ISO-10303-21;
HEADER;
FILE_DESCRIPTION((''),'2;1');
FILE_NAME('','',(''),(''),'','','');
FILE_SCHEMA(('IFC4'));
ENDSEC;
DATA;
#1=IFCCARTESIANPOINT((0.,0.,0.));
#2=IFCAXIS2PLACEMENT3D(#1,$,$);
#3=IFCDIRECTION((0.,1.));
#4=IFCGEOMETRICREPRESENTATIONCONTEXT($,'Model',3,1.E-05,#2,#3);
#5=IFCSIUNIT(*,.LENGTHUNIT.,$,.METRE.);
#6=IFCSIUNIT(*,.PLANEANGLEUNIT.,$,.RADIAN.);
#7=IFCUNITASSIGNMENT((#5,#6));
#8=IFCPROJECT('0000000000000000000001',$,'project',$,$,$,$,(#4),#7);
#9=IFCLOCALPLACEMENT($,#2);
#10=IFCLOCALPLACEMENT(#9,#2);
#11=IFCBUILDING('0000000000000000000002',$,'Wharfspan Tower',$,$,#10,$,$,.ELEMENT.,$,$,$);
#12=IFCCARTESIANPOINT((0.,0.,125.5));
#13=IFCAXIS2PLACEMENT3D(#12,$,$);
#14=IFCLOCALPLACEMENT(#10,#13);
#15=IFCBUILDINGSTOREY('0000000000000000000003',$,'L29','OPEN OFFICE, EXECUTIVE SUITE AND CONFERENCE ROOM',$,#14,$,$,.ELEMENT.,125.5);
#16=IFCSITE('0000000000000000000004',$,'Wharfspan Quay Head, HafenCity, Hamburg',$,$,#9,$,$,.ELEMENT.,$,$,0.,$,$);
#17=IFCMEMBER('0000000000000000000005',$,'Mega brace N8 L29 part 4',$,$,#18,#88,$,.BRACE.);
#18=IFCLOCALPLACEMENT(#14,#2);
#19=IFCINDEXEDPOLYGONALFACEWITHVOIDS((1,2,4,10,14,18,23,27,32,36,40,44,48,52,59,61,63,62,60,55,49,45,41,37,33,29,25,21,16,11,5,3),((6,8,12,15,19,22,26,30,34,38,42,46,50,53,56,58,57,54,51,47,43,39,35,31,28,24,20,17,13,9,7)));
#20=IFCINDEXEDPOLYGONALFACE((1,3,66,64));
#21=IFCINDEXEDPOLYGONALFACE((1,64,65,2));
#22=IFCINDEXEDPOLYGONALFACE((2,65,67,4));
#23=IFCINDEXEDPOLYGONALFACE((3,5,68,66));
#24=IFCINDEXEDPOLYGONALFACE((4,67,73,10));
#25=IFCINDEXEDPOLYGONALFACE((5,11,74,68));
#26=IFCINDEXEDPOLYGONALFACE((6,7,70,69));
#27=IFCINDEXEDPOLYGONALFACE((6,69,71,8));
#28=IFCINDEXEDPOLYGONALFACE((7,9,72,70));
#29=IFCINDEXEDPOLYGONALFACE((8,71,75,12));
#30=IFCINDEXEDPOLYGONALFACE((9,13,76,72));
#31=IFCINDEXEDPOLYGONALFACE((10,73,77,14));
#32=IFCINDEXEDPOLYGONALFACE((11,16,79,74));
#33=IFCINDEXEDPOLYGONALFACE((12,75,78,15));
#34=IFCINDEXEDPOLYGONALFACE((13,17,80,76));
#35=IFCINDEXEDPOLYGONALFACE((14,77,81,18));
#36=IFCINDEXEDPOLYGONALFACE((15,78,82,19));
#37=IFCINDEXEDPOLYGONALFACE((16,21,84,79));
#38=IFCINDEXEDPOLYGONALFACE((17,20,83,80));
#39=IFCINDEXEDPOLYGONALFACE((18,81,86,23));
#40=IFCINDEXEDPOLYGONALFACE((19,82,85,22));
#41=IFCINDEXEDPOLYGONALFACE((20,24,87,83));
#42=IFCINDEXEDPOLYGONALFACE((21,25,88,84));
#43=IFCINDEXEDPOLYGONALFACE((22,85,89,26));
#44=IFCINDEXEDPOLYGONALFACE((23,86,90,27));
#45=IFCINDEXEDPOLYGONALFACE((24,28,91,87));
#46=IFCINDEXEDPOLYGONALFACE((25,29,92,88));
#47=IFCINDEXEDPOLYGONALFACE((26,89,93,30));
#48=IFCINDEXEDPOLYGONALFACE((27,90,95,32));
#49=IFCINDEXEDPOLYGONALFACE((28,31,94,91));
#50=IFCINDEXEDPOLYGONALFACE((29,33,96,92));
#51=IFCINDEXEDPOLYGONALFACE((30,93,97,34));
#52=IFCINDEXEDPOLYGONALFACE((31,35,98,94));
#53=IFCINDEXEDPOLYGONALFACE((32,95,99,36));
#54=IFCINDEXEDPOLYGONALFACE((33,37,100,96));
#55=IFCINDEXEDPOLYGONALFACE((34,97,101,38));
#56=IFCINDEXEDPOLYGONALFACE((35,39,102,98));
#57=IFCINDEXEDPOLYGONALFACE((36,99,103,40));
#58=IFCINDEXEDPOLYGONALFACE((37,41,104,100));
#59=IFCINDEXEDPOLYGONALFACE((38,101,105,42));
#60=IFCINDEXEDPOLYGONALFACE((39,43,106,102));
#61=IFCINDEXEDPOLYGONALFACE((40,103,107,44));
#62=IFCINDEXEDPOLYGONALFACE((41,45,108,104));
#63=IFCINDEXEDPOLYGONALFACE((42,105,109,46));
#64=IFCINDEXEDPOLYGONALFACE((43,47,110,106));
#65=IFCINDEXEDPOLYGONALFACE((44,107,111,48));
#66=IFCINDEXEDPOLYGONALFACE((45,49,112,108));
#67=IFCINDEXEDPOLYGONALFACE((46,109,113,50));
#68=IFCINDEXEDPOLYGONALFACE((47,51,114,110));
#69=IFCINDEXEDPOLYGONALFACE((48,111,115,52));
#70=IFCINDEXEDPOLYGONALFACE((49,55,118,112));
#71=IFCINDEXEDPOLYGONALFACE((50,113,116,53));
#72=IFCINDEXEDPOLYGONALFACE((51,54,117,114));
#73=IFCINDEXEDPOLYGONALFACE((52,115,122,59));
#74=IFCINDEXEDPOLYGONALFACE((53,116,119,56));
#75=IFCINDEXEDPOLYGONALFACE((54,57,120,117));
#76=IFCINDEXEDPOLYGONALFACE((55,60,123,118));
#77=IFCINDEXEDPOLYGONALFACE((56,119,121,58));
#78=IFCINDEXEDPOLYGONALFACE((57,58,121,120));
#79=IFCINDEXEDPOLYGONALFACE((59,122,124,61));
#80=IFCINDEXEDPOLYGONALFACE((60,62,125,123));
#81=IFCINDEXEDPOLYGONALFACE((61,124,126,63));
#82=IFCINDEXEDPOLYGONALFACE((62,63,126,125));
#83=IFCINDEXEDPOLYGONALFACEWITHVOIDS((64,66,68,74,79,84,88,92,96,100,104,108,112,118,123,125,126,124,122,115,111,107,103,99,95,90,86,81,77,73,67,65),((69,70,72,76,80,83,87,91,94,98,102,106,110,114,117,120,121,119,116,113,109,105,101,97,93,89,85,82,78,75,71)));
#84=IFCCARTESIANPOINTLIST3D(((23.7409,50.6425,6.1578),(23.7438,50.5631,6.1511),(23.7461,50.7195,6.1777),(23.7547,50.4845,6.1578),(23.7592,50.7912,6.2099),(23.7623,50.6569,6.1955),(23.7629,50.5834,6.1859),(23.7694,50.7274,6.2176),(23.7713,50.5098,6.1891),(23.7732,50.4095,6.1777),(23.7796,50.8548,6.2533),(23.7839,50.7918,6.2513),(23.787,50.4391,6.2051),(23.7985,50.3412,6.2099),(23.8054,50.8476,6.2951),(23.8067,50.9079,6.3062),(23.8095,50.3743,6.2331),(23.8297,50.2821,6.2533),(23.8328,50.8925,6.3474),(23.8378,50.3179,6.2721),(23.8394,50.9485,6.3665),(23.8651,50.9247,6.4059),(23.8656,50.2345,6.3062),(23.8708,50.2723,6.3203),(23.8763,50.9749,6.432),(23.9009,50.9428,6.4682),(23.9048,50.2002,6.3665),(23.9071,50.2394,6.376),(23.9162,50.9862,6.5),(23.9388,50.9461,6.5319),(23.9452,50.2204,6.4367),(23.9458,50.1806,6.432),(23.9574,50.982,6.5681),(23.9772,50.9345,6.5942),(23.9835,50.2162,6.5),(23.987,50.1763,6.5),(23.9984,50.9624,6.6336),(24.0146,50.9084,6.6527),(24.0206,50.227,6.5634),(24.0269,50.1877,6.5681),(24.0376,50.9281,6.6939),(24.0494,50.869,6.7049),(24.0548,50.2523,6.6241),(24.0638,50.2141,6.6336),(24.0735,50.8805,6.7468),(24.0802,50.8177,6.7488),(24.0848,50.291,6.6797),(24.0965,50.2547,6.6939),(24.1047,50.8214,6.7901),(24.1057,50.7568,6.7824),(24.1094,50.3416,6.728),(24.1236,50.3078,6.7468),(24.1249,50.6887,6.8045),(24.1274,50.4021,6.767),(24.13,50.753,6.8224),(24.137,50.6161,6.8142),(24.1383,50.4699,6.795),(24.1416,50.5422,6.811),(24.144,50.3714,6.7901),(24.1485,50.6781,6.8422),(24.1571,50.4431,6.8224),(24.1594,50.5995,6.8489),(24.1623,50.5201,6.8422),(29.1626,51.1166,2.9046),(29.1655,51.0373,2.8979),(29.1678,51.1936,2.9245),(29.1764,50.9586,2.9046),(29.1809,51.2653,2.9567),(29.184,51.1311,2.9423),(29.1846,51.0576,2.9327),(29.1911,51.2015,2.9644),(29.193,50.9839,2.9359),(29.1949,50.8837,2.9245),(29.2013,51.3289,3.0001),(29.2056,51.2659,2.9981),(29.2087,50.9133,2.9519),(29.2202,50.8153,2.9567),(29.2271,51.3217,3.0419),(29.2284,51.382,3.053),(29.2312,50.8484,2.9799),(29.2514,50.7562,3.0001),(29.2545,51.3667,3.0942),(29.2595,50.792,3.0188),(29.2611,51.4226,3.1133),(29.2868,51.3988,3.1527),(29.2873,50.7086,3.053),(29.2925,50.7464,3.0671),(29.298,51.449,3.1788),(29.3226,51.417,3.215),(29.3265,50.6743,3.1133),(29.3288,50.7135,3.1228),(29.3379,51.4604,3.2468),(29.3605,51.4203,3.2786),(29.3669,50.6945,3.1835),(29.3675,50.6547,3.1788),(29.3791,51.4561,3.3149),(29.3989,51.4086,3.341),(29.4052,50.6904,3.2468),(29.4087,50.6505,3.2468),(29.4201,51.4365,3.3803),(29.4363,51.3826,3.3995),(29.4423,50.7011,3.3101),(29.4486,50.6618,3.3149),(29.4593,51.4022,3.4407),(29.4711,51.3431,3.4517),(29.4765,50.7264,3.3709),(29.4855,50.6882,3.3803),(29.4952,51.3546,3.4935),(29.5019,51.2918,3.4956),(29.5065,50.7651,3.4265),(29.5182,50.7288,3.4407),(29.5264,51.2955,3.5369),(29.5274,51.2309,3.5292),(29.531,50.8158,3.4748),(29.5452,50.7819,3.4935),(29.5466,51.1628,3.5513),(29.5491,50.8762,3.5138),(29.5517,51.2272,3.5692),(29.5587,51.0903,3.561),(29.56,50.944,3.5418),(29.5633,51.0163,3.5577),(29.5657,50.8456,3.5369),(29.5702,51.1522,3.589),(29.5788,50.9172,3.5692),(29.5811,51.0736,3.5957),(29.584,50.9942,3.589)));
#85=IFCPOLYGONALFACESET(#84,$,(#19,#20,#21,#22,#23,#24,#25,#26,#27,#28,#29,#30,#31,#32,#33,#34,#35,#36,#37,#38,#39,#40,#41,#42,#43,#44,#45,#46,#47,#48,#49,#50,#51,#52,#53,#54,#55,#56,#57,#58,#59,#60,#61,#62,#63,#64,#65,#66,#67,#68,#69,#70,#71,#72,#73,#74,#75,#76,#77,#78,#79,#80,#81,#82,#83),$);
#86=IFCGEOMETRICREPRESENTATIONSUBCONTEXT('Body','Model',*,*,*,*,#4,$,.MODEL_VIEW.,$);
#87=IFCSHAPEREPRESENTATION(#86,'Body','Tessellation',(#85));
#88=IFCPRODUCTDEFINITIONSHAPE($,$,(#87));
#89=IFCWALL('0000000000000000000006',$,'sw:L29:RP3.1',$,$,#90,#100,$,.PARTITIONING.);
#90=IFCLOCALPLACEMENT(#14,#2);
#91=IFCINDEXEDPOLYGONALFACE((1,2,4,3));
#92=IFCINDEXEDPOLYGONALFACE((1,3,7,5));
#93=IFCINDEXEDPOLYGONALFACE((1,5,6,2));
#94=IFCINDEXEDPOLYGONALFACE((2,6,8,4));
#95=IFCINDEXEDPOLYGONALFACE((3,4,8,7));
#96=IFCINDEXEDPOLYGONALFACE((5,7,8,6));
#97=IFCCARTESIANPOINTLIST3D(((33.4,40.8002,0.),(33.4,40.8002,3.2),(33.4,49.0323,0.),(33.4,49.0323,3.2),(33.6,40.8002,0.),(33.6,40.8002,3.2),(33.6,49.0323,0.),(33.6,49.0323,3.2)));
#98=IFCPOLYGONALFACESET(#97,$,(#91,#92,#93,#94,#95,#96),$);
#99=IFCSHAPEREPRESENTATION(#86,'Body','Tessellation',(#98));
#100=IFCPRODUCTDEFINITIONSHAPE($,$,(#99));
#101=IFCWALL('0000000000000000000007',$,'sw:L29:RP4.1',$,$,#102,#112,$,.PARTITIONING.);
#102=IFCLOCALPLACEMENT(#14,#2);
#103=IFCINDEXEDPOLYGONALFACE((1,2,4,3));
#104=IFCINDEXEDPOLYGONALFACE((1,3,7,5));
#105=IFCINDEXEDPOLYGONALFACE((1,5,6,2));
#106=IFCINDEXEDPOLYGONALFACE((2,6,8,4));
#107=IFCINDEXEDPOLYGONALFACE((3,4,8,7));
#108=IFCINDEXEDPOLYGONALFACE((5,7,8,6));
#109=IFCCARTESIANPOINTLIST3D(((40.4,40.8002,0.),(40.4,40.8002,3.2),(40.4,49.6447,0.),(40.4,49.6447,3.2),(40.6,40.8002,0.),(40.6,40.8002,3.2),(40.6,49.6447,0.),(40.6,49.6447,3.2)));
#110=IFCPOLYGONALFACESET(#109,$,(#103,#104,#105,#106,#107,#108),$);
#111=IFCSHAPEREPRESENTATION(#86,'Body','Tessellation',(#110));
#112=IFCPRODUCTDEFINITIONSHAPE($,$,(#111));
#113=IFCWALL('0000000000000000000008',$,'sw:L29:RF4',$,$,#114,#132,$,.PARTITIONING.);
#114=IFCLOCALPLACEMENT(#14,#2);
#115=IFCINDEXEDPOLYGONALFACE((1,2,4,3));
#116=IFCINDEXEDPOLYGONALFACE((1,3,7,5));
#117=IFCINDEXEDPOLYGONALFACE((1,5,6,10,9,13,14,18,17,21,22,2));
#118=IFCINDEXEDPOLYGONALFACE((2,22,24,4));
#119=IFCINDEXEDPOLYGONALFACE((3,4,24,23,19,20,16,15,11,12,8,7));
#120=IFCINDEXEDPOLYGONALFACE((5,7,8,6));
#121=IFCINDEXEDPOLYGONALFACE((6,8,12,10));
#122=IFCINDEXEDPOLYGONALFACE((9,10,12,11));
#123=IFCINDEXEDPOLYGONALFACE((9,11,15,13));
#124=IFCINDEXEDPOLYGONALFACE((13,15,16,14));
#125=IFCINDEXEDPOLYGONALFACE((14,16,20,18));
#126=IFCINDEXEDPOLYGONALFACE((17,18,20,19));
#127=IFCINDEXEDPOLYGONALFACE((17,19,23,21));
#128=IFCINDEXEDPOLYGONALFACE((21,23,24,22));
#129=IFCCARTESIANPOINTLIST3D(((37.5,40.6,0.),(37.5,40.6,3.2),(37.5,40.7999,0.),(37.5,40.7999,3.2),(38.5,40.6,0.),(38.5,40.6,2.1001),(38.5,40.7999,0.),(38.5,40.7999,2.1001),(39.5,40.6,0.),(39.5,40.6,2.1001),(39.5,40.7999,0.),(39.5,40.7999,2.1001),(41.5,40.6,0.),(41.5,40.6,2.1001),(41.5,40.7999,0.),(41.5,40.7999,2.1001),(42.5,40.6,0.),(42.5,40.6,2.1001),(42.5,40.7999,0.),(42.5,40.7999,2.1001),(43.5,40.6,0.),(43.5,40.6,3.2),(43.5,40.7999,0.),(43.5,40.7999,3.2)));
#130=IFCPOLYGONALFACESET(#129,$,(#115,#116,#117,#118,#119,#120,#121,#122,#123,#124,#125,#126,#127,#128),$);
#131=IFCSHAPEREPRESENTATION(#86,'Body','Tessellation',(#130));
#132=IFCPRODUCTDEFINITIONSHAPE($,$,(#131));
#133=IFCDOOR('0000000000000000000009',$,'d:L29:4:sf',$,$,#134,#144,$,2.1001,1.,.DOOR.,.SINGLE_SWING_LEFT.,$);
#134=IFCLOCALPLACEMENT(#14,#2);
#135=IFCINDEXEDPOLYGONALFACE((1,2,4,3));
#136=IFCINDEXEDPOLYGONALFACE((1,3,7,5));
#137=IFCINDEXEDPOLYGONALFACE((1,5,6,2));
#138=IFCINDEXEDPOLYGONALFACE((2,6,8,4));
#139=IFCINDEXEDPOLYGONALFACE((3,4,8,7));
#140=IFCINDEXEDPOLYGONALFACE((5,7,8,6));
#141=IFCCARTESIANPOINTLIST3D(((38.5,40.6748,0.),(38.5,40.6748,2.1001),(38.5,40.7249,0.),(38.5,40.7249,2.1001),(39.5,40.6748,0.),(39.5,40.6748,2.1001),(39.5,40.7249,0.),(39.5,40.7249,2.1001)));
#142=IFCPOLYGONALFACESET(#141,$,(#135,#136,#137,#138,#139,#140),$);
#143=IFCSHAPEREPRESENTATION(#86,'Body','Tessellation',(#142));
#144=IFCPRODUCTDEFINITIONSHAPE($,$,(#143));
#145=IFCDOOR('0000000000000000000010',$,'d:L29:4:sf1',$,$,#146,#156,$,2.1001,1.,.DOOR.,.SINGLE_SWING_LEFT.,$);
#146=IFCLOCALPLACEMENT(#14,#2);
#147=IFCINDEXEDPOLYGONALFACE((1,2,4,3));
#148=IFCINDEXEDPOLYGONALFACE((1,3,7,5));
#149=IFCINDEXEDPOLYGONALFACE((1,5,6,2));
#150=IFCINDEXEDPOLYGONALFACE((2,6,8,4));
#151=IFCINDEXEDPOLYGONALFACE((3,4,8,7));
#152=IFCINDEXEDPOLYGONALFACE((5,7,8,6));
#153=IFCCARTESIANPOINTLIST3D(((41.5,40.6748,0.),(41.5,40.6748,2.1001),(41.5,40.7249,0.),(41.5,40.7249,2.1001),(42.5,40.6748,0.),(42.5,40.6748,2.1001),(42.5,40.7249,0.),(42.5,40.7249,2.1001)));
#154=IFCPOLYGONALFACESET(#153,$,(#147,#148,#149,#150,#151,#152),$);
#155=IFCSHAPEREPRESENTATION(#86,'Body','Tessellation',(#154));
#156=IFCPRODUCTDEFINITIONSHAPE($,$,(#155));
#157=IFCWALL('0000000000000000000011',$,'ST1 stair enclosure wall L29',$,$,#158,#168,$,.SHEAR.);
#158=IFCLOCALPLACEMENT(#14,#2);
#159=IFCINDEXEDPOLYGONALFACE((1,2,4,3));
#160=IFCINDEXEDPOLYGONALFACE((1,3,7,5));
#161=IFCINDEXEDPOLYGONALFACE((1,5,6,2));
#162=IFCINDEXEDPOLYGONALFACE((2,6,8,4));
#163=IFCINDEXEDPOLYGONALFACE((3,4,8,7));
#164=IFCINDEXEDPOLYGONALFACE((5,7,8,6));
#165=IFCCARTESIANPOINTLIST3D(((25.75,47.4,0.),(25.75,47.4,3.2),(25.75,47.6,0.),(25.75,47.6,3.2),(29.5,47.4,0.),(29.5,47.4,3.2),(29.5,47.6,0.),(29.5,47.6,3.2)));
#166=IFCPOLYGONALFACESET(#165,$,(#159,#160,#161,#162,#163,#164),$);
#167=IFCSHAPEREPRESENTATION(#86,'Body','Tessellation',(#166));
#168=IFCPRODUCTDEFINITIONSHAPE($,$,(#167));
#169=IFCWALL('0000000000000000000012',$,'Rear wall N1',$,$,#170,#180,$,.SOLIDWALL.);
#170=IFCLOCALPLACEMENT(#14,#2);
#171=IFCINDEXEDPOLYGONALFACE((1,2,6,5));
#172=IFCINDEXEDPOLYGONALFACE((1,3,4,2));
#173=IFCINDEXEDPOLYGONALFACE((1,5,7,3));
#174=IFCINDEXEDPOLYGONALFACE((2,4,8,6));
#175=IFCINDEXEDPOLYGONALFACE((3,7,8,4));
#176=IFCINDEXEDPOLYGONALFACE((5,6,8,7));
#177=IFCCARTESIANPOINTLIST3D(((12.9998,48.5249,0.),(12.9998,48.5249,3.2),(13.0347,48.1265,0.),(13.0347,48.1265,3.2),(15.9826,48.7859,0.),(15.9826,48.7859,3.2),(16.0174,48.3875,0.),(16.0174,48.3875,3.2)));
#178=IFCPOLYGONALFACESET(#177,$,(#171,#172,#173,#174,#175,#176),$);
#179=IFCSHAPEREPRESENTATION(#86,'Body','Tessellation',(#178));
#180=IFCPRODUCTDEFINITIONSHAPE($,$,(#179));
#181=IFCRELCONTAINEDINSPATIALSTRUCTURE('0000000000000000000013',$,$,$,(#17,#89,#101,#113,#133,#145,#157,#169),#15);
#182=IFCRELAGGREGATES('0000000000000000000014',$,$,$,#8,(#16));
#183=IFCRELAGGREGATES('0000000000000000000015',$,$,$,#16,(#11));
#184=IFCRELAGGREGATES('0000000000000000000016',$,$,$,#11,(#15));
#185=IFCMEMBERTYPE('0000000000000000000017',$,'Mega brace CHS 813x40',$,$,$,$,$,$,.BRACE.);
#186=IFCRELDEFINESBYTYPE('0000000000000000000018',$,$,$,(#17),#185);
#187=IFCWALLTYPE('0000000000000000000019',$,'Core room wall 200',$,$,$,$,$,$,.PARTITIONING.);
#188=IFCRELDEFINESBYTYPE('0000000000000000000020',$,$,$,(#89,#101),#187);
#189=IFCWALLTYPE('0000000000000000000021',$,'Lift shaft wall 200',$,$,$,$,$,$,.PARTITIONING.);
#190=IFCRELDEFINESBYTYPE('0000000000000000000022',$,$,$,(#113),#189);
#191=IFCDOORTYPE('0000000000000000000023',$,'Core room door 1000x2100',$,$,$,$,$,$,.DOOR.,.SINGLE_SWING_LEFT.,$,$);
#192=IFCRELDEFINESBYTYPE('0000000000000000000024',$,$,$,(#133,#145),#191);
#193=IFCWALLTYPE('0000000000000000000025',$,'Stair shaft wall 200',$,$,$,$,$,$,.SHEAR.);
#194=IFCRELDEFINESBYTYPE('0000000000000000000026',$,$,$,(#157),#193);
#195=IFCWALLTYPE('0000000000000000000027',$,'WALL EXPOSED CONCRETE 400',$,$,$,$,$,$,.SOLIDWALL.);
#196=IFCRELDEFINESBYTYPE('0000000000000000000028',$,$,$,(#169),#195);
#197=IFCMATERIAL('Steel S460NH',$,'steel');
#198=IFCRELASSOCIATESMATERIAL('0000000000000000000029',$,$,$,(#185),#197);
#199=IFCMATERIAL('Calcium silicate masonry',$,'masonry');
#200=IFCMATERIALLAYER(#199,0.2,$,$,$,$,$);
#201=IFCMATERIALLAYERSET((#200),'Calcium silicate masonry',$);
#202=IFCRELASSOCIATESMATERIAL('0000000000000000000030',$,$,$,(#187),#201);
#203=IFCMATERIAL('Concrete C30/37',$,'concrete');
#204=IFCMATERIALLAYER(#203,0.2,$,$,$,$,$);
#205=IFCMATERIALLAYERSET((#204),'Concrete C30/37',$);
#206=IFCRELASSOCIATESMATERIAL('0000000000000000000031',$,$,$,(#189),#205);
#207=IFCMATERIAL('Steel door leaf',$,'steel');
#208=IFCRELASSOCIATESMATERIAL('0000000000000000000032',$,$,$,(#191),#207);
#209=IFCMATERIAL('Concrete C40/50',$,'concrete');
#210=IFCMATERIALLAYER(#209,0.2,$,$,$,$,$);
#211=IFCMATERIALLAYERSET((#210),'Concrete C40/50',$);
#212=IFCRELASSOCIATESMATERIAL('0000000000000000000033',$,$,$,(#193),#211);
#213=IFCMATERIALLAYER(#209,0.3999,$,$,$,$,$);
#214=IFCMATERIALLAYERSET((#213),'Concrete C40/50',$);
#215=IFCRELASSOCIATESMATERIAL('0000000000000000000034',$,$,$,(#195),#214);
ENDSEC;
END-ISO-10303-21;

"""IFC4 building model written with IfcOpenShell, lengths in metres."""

from ifc_helpers import new_model, si_unit, direction, frame, frame_2d, origin, origin_2d, place, context, subcontext, project, spatial, rectangle, hollow_circle, extrude, material, layer, layer_set, material_profile, profile_set, type_object, element, fill, save


model = new_model("IFC4")

# Units and contexts
model_context = context("Model", 3, precision=1e-05, world=origin(), true_north=direction((0.0, 1.0)))
body_context = subcontext(model_context, "Body", "Model", "MODEL_VIEW")
ifc_project = project(units=[si_unit("LENGTHUNIT", "METRE"), si_unit("PLANEANGLEUNIT", "RADIAN")], contexts=[model_context])

# Site, building, storey
site_placement = place(None, origin())
site = spatial("IfcSite", under=ifc_project, at=site_placement, Name="Wharfspan Quay Head, HafenCity, Hamburg", CompositionType="ELEMENT", RefElevation=0.0)
building_placement = place(site_placement, origin())
building = spatial("IfcBuilding", under=site, at=building_placement, Name="Wharfspan Tower", CompositionType="ELEMENT")
storey_placement = place(building_placement, frame((0.0, 0.0, 125.5)))
storey = spatial("IfcBuildingStorey", under=building, at=storey_placement, Name="L29", Description="OPEN OFFICE, EXECUTIVE SUITE AND CONFERENCE ROOM", CompositionType="ELEMENT", Elevation=125.5)

# Member
ifc_material_1 = material(Name="Steel S460NH", Category="steel")
ifc_material_profile_1 = material_profile(ifc_material_1, hollow_circle(Radius=0.4065, WallThickness=0.04, at=origin_2d()))
ifc_profile_set_1 = profile_set([ifc_material_profile_1], Name="Steel S460NH")
member_type = type_object("IfcMemberType", Name="Mega brace CHS 813x40", PredefinedType="BRACE", material=ifc_profile_set_1)
member_1_placement = place(storey_placement, frame((29.3733, 51.0554, 3.2468), z_axis=(-0.855079, -0.074777, 0.513078), x_axis=(0.087118, -0.996199, 0.0)))
element("IfcMember", 1, at=member_1_placement, inside=storey, type_object=member_type, Name="Mega brace N8 L29 part 4", PredefinedType="BRACE", context=body_context, shape_type="SweptSolid", body=[
    extrude(hollow_circle(Radius=0.4065, WallThickness=0.04, at=origin_2d()), origin(), (0.0, 0.0, 1.0), 6.3406),
])

# Walls
ifc_material_2 = material(Name="Calcium silicate masonry", Category="masonry")
ifc_layer_1 = layer(ifc_material_2, 0.2)
ifc_layer_set_1 = layer_set([ifc_layer_1], Name="Calcium silicate masonry")
wall_type_1 = type_object("IfcWallType", Name="Core room wall 200", PredefinedType="PARTITIONING", material=ifc_layer_set_1)
wall_1_placement = place(storey_placement, frame((33.5, 40.8, 0.0), z_axis=(0.0, 0.0, 1.0), x_axis=(0.0, 1.0, 0.0)))
element("IfcWall", 2, at=wall_1_placement, inside=storey, type_object=wall_type_1, Name="sw:L29:RP3.1", PredefinedType="PARTITIONING", context=body_context, shape_type="SweptSolid", body=[
    extrude(rectangle(XDim=8.2322, YDim=0.2, at=frame_2d((4.1162, 0.0))), origin(), (0.0, 0.0, 1.0), 3.2),
])
wall_2_placement = place(storey_placement, frame((40.5, 40.8, 0.0), z_axis=(0.0, 0.0, 1.0), x_axis=(0.0, 1.0, 0.0)))
element("IfcWall", 3, at=wall_2_placement, inside=storey, type_object=wall_type_1, Name="sw:L29:RP4.1", PredefinedType="PARTITIONING", context=body_context, shape_type="SweptSolid", body=[
    extrude(rectangle(XDim=8.8445, YDim=0.2, at=frame_2d((4.4224, 0.0))), origin(), (0.0, 0.0, 1.0), 3.2),
])

# Wall, openings, doors
ifc_material_3 = material(Name="Concrete C30/37", Category="concrete")
ifc_layer_2 = layer(ifc_material_3, 0.2)
ifc_layer_set_2 = layer_set([ifc_layer_2], Name="Concrete C30/37")
wall_type_2 = type_object("IfcWallType", Name="Lift shaft wall 200", PredefinedType="PARTITIONING", material=ifc_layer_set_2)
wall_3_placement = place(storey_placement, frame((37.5, 40.7, 0.0), z_axis=(0.0, 0.0, 1.0), x_axis=(1.0, 0.0, 0.0)))
wall_3 = element("IfcWall", 4, at=wall_3_placement, inside=storey, type_object=wall_type_2, Name="sw:L29:RF4", PredefinedType="PARTITIONING", context=body_context, shape_type="SweptSolid", body=[
    extrude(rectangle(XDim=6.0, YDim=0.2, at=frame_2d((3.0, 0.0))), origin(), (0.0, 0.0, 1.0), 3.2),
])
opening_1_placement = place(wall_3_placement, frame((1.0, 0.0, 0.0)))
opening_1 = element("IfcOpeningElement", 5, at=opening_1_placement, cuts=wall_3, PredefinedType="OPENING", context=body_context, shape_type="SweptSolid", body=[
    extrude(rectangle(XDim=1.0, YDim=2.1001, at=frame_2d((0.5, 1.05))), frame((0.0, 0.1099, 0.0), z_axis=(0.0, -1.0, 0.0), x_axis=(1.0, 0.0, 0.0)), (0.0, 0.0, 1.0), 0.22),
])
opening_2_placement = place(wall_3_placement, frame((4.0, 0.0, 0.0)))
opening_2 = element("IfcOpeningElement", 6, at=opening_2_placement, cuts=wall_3, PredefinedType="OPENING", context=body_context, shape_type="SweptSolid", body=[
    extrude(rectangle(XDim=1.0, YDim=2.1001, at=frame_2d((0.5, 1.05))), frame((0.0, 0.1099, 0.0), z_axis=(0.0, -1.0, 0.0), x_axis=(1.0, 0.0, 0.0)), (0.0, 0.0, 1.0), 0.22),
])
ifc_material_4 = material(Name="Steel door leaf", Category="steel")
door_type = type_object("IfcDoorType", Name="Core room door 1000x2100", OperationType="SINGLE_SWING_LEFT", PredefinedType="DOOR", material=ifc_material_4)
door_1_placement = place(opening_1_placement, origin())
door_1 = element("IfcDoor", 7, at=door_1_placement, inside=storey, type_object=door_type, Name="d:L29:4:sf", OperationType="SINGLE_SWING_LEFT", OverallHeight=2.1001, OverallWidth=1.0, PredefinedType="DOOR", context=body_context, shape_type="SweptSolid", body=[
    extrude(rectangle(XDim=1.0, YDim=2.1001, at=frame_2d((0.5, 1.05))), frame((0.0, 0.0249, 0.0), z_axis=(0.0, -1.0, 0.0), x_axis=(1.0, 0.0, 0.0)), (0.0, 0.0, 1.0), 0.05),
])
fill(opening_1, door_1)
door_2_placement = place(opening_2_placement, origin())
door_2 = element("IfcDoor", 8, at=door_2_placement, inside=storey, type_object=door_type, Name="d:L29:4:sf1", OperationType="SINGLE_SWING_LEFT", OverallHeight=2.1001, OverallWidth=1.0, PredefinedType="DOOR", context=body_context, shape_type="SweptSolid", body=[
    extrude(rectangle(XDim=1.0, YDim=2.1001, at=frame_2d((0.5, 1.05))), frame((0.0, 0.0249, 0.0), z_axis=(0.0, -1.0, 0.0), x_axis=(1.0, 0.0, 0.0)), (0.0, 0.0, 1.0), 0.05),
])
fill(opening_2, door_2)

# Walls
ifc_material_5 = material(Name="Concrete C40/50", Category="concrete")
ifc_layer_3 = layer(ifc_material_5, 0.2)
ifc_layer_set_3 = layer_set([ifc_layer_3], Name="Concrete C40/50")
wall_type_3 = type_object("IfcWallType", Name="Stair shaft wall 200", PredefinedType="SHEAR", material=ifc_layer_set_3)
wall_4_placement = place(storey_placement, frame((25.75, 47.5, 0.0), z_axis=(0.0, 0.0, 1.0), x_axis=(1.0, 0.0, 0.0)))
element("IfcWall", 9, at=wall_4_placement, inside=storey, type_object=wall_type_3, Name="ST1 stair enclosure wall L29", PredefinedType="SHEAR", context=body_context, shape_type="SweptSolid", body=[
    extrude(rectangle(XDim=3.75, YDim=0.2, at=frame_2d((1.875, 0.0))), origin(), (0.0, 0.0, 1.0), 3.2),
])
ifc_layer_4 = layer(ifc_material_5, 0.3999)
ifc_layer_set_4 = layer_set([ifc_layer_4], Name="Concrete C40/50")
wall_type_4 = type_object("IfcWallType", Name="WALL EXPOSED CONCRETE 400", PredefinedType="SOLIDWALL", material=ifc_layer_set_4)
wall_5_placement = place(storey_placement, frame((16.0, 48.5867, 0.0), z_axis=(0.0, 0.0, 1.0), x_axis=(-0.996194, -0.087168, 0.0)))
element("IfcWall", 10, at=wall_5_placement, inside=storey, type_object=wall_type_4, Name="Rear wall N1", PredefinedType="SOLIDWALL", context=body_context, shape_type="SweptSolid", body=[
    extrude(rectangle(XDim=2.9941, YDim=0.3999, at=frame_2d((1.4971, 0.0))), origin(), (0.0, 0.0, 1.0), 3.2),
])

save(model, "model.ifc")
